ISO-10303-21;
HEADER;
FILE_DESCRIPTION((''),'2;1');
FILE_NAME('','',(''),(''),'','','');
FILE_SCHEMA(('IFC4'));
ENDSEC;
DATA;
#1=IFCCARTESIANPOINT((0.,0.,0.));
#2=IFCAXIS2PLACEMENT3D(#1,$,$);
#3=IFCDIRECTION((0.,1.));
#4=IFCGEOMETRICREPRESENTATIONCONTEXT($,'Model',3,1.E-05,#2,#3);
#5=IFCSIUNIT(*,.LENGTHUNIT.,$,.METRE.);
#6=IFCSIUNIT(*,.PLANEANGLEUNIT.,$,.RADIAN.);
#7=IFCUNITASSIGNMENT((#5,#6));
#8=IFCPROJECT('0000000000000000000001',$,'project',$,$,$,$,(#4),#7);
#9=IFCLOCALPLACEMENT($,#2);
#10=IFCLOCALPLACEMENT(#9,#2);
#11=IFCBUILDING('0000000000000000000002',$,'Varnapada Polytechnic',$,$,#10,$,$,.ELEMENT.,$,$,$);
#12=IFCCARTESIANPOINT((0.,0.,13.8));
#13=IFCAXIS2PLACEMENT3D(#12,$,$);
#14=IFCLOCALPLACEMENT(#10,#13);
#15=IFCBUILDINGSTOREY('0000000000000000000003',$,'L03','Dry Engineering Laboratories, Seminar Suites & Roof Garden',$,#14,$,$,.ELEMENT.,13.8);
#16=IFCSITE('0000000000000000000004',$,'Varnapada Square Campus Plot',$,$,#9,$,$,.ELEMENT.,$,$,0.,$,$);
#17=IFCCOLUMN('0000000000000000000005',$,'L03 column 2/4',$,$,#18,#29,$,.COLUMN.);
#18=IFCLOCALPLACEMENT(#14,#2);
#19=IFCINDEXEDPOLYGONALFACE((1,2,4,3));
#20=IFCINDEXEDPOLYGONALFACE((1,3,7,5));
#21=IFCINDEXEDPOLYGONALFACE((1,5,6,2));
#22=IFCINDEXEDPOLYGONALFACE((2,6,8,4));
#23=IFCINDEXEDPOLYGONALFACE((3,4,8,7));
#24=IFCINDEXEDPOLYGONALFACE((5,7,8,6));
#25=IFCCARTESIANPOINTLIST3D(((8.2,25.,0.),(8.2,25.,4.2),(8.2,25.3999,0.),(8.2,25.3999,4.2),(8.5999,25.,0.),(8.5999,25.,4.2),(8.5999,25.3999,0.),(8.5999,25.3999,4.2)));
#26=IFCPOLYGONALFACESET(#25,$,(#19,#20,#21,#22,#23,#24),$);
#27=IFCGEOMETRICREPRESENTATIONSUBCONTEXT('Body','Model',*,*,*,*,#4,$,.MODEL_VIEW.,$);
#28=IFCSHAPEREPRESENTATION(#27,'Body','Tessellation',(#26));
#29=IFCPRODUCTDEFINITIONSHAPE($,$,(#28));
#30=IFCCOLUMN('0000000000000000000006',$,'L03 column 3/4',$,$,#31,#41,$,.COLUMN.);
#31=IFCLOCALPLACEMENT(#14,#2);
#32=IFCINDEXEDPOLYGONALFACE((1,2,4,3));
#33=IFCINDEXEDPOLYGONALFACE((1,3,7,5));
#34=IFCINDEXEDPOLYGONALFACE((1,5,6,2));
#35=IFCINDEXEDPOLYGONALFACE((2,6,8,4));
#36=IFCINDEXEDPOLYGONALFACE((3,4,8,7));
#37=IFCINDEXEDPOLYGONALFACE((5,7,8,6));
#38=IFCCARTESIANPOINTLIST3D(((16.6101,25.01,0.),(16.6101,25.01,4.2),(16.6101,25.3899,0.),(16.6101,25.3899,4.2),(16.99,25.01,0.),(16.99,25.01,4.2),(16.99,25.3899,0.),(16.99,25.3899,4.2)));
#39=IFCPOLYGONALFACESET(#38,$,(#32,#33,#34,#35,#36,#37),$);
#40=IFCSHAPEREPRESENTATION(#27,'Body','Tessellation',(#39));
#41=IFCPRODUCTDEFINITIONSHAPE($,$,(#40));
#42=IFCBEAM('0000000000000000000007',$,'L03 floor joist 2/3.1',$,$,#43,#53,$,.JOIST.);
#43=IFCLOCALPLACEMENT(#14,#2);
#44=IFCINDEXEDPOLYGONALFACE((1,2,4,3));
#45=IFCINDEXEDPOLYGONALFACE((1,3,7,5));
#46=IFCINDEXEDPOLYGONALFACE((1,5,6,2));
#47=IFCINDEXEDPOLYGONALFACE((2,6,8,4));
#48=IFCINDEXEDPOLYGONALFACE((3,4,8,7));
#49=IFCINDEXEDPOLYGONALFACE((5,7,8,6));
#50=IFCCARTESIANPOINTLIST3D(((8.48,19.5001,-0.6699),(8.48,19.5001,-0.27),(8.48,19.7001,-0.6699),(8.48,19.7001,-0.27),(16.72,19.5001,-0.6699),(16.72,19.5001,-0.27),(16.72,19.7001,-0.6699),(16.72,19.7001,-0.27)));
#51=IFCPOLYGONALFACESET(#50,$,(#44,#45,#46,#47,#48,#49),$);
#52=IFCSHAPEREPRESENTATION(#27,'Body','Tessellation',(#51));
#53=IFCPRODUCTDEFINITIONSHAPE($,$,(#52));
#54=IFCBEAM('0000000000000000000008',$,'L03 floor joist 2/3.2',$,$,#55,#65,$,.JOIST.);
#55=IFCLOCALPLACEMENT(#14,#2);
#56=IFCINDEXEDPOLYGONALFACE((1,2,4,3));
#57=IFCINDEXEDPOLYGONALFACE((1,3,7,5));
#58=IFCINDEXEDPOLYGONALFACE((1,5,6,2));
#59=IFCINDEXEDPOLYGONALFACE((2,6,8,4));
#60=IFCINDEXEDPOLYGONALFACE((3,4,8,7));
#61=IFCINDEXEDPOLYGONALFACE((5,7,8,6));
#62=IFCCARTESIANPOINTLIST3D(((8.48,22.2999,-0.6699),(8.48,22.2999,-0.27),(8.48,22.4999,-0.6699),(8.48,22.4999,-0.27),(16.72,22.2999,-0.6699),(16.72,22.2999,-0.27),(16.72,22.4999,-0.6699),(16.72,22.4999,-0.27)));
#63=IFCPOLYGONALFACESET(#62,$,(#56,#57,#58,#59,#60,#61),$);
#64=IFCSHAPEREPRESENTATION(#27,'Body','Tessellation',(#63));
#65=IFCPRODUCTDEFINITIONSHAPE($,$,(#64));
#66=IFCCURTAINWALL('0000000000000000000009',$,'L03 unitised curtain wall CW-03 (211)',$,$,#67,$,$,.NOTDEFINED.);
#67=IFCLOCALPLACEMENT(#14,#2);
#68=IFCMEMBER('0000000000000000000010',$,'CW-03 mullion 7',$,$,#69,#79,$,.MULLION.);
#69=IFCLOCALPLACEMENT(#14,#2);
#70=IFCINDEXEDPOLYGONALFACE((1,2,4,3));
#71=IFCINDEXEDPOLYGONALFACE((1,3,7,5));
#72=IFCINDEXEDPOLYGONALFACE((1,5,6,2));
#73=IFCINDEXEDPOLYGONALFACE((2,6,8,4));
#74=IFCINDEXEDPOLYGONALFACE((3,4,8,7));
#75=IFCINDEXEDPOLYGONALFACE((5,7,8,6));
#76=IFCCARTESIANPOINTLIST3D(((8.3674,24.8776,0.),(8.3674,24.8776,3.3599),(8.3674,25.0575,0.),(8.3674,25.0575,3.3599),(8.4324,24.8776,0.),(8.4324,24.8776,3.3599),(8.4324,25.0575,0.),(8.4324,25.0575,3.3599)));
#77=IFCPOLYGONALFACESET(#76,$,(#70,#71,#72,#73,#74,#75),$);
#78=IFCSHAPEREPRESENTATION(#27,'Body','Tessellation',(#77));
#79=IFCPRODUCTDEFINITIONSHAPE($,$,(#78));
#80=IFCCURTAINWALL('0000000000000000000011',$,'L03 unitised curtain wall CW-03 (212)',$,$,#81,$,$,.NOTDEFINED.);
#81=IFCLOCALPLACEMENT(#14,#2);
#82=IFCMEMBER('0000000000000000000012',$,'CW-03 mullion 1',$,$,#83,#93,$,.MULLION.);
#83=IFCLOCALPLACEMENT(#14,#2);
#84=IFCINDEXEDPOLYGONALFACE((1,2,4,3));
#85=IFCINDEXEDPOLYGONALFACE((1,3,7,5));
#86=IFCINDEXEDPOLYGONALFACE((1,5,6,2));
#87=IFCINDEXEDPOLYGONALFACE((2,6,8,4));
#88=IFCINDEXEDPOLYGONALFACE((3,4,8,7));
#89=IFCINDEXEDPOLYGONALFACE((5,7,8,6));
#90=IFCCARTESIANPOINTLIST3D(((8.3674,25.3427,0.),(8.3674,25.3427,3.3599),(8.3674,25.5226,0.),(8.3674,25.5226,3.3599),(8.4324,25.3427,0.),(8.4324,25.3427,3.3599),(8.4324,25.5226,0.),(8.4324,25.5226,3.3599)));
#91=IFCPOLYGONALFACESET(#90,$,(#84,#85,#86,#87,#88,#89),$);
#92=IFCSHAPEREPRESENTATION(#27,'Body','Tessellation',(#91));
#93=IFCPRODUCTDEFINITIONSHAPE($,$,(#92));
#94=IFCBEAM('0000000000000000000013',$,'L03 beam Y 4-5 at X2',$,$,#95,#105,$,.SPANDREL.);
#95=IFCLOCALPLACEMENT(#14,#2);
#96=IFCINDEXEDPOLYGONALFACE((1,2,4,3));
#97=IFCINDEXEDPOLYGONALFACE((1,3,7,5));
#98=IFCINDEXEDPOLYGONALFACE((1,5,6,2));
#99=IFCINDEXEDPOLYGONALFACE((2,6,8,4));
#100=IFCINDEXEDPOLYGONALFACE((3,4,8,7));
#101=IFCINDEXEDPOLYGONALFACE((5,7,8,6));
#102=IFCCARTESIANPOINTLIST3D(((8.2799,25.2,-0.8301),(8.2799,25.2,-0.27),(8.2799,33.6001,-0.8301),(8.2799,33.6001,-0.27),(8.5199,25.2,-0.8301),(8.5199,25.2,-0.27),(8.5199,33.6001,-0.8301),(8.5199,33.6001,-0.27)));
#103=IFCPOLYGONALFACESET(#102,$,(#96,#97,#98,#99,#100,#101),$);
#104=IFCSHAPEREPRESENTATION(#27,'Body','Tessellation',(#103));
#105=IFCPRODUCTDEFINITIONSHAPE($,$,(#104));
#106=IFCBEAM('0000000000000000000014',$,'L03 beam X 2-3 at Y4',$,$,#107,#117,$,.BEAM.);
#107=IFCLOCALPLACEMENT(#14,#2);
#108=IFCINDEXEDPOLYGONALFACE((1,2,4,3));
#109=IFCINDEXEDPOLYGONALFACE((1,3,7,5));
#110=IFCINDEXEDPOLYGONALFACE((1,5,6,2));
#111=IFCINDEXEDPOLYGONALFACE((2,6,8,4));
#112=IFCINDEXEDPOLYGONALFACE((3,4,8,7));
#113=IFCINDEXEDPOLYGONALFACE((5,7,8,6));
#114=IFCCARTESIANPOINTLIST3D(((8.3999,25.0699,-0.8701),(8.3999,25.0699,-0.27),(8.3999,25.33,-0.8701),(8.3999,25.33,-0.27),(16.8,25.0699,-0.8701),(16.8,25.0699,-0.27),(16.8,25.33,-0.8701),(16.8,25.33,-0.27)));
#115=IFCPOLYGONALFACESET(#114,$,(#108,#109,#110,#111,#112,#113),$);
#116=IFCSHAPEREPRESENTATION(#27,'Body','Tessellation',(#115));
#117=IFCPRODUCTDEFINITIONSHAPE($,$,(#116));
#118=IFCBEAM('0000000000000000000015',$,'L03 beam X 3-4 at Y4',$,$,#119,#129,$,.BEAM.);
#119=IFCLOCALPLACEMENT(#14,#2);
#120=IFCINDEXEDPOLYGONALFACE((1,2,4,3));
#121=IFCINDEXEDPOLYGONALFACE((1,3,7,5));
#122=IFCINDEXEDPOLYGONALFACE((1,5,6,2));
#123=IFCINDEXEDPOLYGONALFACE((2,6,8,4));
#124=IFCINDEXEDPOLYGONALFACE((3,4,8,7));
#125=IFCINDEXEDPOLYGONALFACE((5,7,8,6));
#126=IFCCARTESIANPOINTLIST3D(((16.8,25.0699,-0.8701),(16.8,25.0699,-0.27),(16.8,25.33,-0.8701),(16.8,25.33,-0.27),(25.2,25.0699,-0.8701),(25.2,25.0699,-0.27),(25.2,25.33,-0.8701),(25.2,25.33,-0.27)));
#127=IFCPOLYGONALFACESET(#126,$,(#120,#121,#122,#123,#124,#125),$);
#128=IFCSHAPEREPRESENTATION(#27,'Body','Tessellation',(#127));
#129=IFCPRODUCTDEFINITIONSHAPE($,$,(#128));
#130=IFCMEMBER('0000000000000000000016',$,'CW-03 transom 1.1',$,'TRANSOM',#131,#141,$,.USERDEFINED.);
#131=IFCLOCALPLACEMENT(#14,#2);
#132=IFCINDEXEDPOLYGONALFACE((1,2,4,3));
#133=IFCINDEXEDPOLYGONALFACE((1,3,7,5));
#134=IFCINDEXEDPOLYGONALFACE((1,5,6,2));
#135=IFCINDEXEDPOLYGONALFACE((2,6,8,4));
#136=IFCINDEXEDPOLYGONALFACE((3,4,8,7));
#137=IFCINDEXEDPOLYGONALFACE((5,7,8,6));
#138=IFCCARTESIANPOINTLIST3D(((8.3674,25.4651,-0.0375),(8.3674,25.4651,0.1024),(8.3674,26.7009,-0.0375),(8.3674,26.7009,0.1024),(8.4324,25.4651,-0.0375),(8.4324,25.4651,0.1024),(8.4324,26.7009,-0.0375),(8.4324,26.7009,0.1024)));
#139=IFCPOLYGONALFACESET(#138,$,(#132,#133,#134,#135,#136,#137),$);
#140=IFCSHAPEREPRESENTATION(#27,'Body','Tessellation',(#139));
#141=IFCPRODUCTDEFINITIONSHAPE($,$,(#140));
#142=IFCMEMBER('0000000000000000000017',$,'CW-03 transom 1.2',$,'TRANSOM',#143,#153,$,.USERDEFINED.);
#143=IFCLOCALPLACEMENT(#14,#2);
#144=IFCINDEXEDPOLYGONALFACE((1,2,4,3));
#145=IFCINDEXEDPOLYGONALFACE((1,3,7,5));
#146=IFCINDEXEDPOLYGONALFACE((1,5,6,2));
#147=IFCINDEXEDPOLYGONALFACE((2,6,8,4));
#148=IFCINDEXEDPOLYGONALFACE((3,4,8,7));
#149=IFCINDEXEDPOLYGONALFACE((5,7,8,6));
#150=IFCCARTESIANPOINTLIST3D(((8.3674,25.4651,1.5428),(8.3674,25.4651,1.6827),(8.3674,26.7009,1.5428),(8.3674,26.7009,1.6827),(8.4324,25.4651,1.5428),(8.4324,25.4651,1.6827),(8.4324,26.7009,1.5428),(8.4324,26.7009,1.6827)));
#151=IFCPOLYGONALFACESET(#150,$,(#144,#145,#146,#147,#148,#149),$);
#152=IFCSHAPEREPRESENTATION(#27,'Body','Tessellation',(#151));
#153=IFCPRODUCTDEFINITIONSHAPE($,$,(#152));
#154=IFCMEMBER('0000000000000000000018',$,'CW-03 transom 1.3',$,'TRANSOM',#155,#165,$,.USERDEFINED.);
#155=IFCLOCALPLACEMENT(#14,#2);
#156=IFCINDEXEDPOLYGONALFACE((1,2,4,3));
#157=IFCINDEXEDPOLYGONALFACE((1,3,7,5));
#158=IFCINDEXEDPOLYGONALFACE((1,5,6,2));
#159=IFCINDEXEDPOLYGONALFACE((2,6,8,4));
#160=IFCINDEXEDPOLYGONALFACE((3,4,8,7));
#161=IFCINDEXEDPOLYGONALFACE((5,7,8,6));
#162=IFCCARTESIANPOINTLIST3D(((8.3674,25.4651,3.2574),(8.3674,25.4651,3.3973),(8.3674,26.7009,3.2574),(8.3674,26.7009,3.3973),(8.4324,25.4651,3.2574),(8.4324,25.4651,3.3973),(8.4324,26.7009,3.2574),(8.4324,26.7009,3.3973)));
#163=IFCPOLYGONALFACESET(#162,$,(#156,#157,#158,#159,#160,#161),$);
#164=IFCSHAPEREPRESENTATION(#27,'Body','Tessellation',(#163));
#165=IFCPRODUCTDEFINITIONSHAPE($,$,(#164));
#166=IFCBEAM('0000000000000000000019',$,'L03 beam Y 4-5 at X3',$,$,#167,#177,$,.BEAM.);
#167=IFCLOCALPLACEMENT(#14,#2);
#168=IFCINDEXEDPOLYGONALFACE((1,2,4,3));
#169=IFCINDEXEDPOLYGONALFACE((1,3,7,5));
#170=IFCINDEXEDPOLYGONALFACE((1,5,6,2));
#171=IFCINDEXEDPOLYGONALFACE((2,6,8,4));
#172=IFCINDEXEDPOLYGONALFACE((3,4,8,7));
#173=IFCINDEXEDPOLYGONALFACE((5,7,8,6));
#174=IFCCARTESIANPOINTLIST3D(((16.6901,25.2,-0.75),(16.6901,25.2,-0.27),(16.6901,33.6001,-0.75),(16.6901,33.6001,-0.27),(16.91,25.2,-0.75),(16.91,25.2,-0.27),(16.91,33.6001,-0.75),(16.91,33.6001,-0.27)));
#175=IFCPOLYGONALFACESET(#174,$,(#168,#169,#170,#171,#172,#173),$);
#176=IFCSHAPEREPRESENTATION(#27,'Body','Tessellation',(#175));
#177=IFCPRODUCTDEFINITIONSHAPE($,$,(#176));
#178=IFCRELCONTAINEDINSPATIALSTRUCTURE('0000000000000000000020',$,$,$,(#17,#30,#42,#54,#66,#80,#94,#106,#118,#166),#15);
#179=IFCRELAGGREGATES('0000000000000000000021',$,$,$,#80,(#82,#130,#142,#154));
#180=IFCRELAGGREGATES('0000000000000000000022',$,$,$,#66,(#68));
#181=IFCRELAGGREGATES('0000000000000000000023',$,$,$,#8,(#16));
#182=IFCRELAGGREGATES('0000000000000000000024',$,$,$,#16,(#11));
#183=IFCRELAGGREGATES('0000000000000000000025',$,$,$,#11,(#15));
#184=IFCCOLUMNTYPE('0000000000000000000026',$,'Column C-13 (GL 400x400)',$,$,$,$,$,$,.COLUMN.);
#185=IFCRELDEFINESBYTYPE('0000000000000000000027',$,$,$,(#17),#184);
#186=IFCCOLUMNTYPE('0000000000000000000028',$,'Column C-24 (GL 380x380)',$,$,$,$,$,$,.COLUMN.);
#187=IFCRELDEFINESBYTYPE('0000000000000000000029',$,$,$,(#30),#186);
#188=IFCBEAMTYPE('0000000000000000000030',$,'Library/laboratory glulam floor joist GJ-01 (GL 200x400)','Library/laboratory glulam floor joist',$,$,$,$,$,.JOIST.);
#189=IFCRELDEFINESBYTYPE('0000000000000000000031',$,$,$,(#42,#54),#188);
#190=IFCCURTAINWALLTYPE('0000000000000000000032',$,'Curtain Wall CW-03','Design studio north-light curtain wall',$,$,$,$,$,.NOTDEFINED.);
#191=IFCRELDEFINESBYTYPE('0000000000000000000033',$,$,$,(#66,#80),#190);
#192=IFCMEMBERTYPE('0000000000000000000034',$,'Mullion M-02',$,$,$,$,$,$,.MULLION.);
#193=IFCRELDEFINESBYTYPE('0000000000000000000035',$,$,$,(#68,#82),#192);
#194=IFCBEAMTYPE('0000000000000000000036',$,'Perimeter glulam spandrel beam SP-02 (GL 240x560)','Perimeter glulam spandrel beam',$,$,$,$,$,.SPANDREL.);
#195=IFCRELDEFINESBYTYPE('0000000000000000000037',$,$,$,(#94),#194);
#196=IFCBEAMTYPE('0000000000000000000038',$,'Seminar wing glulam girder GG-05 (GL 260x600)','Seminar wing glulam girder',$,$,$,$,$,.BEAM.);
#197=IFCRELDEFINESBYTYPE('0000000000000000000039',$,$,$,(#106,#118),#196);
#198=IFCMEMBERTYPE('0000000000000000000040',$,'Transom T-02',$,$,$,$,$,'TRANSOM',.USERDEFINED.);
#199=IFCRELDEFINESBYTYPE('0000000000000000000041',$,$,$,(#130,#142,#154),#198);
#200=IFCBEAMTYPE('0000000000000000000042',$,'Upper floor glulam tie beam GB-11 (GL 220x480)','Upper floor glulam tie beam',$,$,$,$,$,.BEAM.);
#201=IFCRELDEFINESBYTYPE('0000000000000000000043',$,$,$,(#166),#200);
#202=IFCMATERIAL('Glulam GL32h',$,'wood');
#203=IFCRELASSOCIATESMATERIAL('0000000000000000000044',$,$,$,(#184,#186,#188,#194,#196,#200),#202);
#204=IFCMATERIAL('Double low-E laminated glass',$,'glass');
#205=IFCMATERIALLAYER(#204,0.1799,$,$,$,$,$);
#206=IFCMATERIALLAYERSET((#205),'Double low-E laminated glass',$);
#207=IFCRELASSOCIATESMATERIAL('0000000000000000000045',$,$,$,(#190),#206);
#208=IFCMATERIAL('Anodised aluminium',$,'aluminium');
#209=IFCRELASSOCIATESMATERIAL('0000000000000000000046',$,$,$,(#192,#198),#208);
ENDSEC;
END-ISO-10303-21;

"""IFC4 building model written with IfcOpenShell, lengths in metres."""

from ifc_helpers import new_model, si_unit, direction, frame, origin, origin_2d, place, context, subcontext, project, spatial, rectangle, extrude, material, layer, layer_set, material_profile, profile_set, type_object, element, aggregate, save


model = new_model("IFC4")

# Units and contexts
model_context = context("Model", 3, precision=1e-05, world=origin(), true_north=direction((0.0, 1.0)))
body_context = subcontext(model_context, "Body", "Model", "MODEL_VIEW")
ifc_project = project(units=[si_unit("LENGTHUNIT", "METRE"), si_unit("PLANEANGLEUNIT", "RADIAN")], contexts=[model_context])

# Site, building, storey
site_placement = place(None, origin())
site = spatial("IfcSite", under=ifc_project, at=site_placement, Name="Varnapada Square Campus Plot", CompositionType="ELEMENT", RefElevation=0.0)
building_placement = place(site_placement, origin())
building = spatial("IfcBuilding", under=site, at=building_placement, Name="Varnapada Polytechnic", CompositionType="ELEMENT")
storey_placement = place(building_placement, frame((0.0, 0.0, 13.8)))
storey = spatial("IfcBuildingStorey", under=building, at=storey_placement, Name="L03", Description="Dry Engineering Laboratories, Seminar Suites & Roof Garden", CompositionType="ELEMENT", Elevation=13.8)

# Columns
ifc_material_1 = material(Name="Glulam GL32h", Category="wood")
ifc_material_profile_1 = material_profile(ifc_material_1, rectangle(XDim=0.3999, YDim=0.3999, at=origin_2d()), Name="GL 400x400")
ifc_profile_set_1 = profile_set([ifc_material_profile_1], Name="Glulam GL32h")
column_type_1 = type_object("IfcColumnType", Name="Column C-13 (GL 400x400)", PredefinedType="COLUMN", material=ifc_profile_set_1)
column_1_placement = place(storey_placement, frame((8.3999, 25.2, 0.0), z_axis=(0.0, 0.0, 1.0), x_axis=(1.0, 0.0, 0.0)))
element("IfcColumn", 1, at=column_1_placement, inside=storey, type_object=column_type_1, Name="L03 column 2/4", PredefinedType="COLUMN", context=body_context, shape_type="SweptSolid", body=[
    extrude(rectangle(XDim=0.3999, YDim=0.3999, at=origin_2d()), origin(), (0.0, 0.0, 1.0), 4.2),
])
ifc_material_profile_2 = material_profile(ifc_material_1, rectangle(XDim=0.3799, YDim=0.3799, at=origin_2d()), Name="GL 380x380")
ifc_profile_set_2 = profile_set([ifc_material_profile_2], Name="Glulam GL32h")
column_type_2 = type_object("IfcColumnType", Name="Column C-24 (GL 380x380)", PredefinedType="COLUMN", material=ifc_profile_set_2)
column_2_placement = place(storey_placement, frame((16.8, 25.2, 0.0), z_axis=(0.0, 0.0, 1.0), x_axis=(1.0, 0.0, 0.0)))
element("IfcColumn", 2, at=column_2_placement, inside=storey, type_object=column_type_2, Name="L03 column 3/4", PredefinedType="COLUMN", context=body_context, shape_type="SweptSolid", body=[
    extrude(rectangle(XDim=0.3799, YDim=0.3799, at=origin_2d()), origin(), (0.0, 0.0, 1.0), 4.2),
])

# Beams
ifc_material_profile_3 = material_profile(ifc_material_1, rectangle(XDim=0.2, YDim=0.3999, at=origin_2d()), Name="GL 200x400")
ifc_profile_set_3 = profile_set([ifc_material_profile_3], Name="Glulam GL32h")
beam_type_1 = type_object("IfcBeamType", Name="Library/laboratory glulam floor joist GJ-01 (GL 200x400)", Description="Library/laboratory glulam floor joist", PredefinedType="JOIST", material=ifc_profile_set_3)
for number, where, z_axis, x_axis, name in (
    (3, (8.48, 19.6001, -0.47), (1.0, 0.0, 0.0), (0.0, 1.0, 0.0), "L03 floor joist 2/3.1"),
    (4, (8.48, 22.3999, -0.47), (1.0, 0.0, 0.0), (0.0, 1.0, 0.0), "L03 floor joist 2/3.2"),
):
    element("IfcBeam", number, at=place(storey_placement, frame(where, z_axis=z_axis, x_axis=x_axis)), inside=storey, type_object=beam_type_1, Name=name, PredefinedType="JOIST", context=body_context, shape_type="SweptSolid", body=[
        extrude(rectangle(XDim=0.2, YDim=0.3999, at=origin_2d()), origin(), (0.0, 0.0, 1.0), 8.24),
    ])

# Curtain walls, members
ifc_material_2 = material(Name="Double low-E laminated glass", Category="glass")
ifc_layer_1 = layer(ifc_material_2, 0.1799)
ifc_layer_set_1 = layer_set([ifc_layer_1], Name="Double low-E laminated glass")
curtain_wall_type = type_object("IfcCurtainWallType", Name="Curtain Wall CW-03", Description="Design studio north-light curtain wall", PredefinedType="NOTDEFINED", material=ifc_layer_set_1)
curtain_wall_1_placement = place(storey_placement, origin())
curtain_wall_1 = element("IfcCurtainWall", 5, at=curtain_wall_1_placement, inside=storey, type_object=curtain_wall_type, Name="L03 unitised curtain wall CW-03 (211)", PredefinedType="NOTDEFINED")
ifc_material_3 = material(Name="Anodised aluminium", Category="aluminium")
ifc_material_profile_4 = material_profile(ifc_material_3, rectangle(XDim=0.0649, YDim=0.1799, at=origin_2d()), Name="ALU M65x180")
ifc_profile_set_4 = profile_set([ifc_material_profile_4], Name="Anodised aluminium")
member_type_1 = type_object("IfcMemberType", Name="Mullion M-02", PredefinedType="MULLION", material=ifc_profile_set_4)
member_1_placement = place(storey_placement, frame((8.3999, 24.9675, 0.0), z_axis=(0.0, 0.0, 1.0), x_axis=(-1.0, 0.0, 0.0)))
member_1 = element("IfcMember", 6, at=member_1_placement, type_object=member_type_1, Name="CW-03 mullion 7", PredefinedType="MULLION", context=body_context, shape_type="SweptSolid", body=[
    extrude(rectangle(XDim=0.0649, YDim=0.1799, at=origin_2d()), origin(), (0.0, 0.0, 1.0), 3.3599),
])
curtain_wall_2_placement = place(storey_placement, origin())
curtain_wall_2 = element("IfcCurtainWall", 7, at=curtain_wall_2_placement, inside=storey, type_object=curtain_wall_type, Name="L03 unitised curtain wall CW-03 (212)", PredefinedType="NOTDEFINED")
member_2_placement = place(storey_placement, frame((8.3999, 25.4326, 0.0), z_axis=(0.0, 0.0, 1.0), x_axis=(-1.0, 0.0, 0.0)))
member_2 = element("IfcMember", 8, at=member_2_placement, type_object=member_type_1, Name="CW-03 mullion 1", PredefinedType="MULLION", context=body_context, shape_type="SweptSolid", body=[
    extrude(rectangle(XDim=0.0649, YDim=0.1799, at=origin_2d()), origin(), (0.0, 0.0, 1.0), 3.3599),
])

# Beams
ifc_material_profile_5 = material_profile(ifc_material_1, rectangle(XDim=0.24, YDim=0.5601, at=origin_2d()), Name="GL 240x560")
ifc_profile_set_5 = profile_set([ifc_material_profile_5], Name="Glulam GL32h")
beam_type_2 = type_object("IfcBeamType", Name="Perimeter glulam spandrel beam SP-02 (GL 240x560)", Description="Perimeter glulam spandrel beam", PredefinedType="SPANDREL", material=ifc_profile_set_5)
beam_1_placement = place(storey_placement, frame((8.3999, 25.2, -0.55), z_axis=(0.0, 1.0, 0.0), x_axis=(-1.0, 0.0, 0.0)))
element("IfcBeam", 9, at=beam_1_placement, inside=storey, type_object=beam_type_2, Name="L03 beam Y 4-5 at X2", PredefinedType="SPANDREL", context=body_context, shape_type="SweptSolid", body=[
    extrude(rectangle(XDim=0.24, YDim=0.5601, at=origin_2d()), origin(), (0.0, 0.0, 1.0), 8.4001),
])
ifc_material_profile_6 = material_profile(ifc_material_1, rectangle(XDim=0.26, YDim=0.6001, at=origin_2d()), Name="GL 260x600")
ifc_profile_set_6 = profile_set([ifc_material_profile_6], Name="Glulam GL32h")
beam_type_3 = type_object("IfcBeamType", Name="Seminar wing glulam girder GG-05 (GL 260x600)", Description="Seminar wing glulam girder", PredefinedType="BEAM", material=ifc_profile_set_6)
beam_2_placement = place(storey_placement, frame((8.3999, 25.2, -0.5701), z_axis=(1.0, 0.0, 0.0), x_axis=(0.0, 1.0, 0.0)))
element("IfcBeam", 10, at=beam_2_placement, inside=storey, type_object=beam_type_3, Name="L03 beam X 2-3 at Y4", PredefinedType="BEAM", context=body_context, shape_type="SweptSolid", body=[
    extrude(rectangle(XDim=0.26, YDim=0.6001, at=origin_2d()), origin(), (0.0, 0.0, 1.0), 8.4001),
])
beam_3_placement = place(storey_placement, frame((16.8, 25.2, -0.5701), z_axis=(1.0, 0.0, 0.0), x_axis=(0.0, 1.0, 0.0)))
element("IfcBeam", 11, at=beam_3_placement, inside=storey, type_object=beam_type_3, Name="L03 beam X 3-4 at Y4", PredefinedType="BEAM", context=body_context, shape_type="SweptSolid", body=[
    extrude(rectangle(XDim=0.26, YDim=0.6001, at=origin_2d()), origin(), (0.0, 0.0, 1.0), 8.3999),
])

# Members
ifc_material_profile_7 = material_profile(ifc_material_3, rectangle(XDim=0.0649, YDim=0.1399, at=origin_2d()), Name="ALU T65x140")
ifc_profile_set_7 = profile_set([ifc_material_profile_7], Name="Anodised aluminium")
member_type_2 = type_object("IfcMemberType", Name="Transom T-02", ElementType="TRANSOM", PredefinedType="USERDEFINED", material=ifc_profile_set_7)
member_3_placement = place(storey_placement, frame((8.3999, 25.4651, 0.0325), z_axis=(0.0, 1.0, 0.0), x_axis=(-1.0, 0.0, 0.0)))
member_3 = element("IfcMember", 12, at=member_3_placement, type_object=member_type_2, Name="CW-03 transom 1.1", ObjectType="TRANSOM", PredefinedType="USERDEFINED", context=body_context, shape_type="SweptSolid", body=[
    extrude(rectangle(XDim=0.0649, YDim=0.1399, at=origin_2d()), origin(), (0.0, 0.0, 1.0), 1.2358),
])
member_4_placement = place(storey_placement, frame((8.3999, 25.4651, 1.6128), z_axis=(0.0, 1.0, 0.0), x_axis=(-1.0, 0.0, 0.0)))
member_4 = element("IfcMember", 13, at=member_4_placement, type_object=member_type_2, Name="CW-03 transom 1.2", ObjectType="TRANSOM", PredefinedType="USERDEFINED", context=body_context, shape_type="SweptSolid", body=[
    extrude(rectangle(XDim=0.0649, YDim=0.1399, at=origin_2d()), origin(), (0.0, 0.0, 1.0), 1.2358),
])
member_5_placement = place(storey_placement, frame((8.3999, 25.4651, 3.3274), z_axis=(0.0, 1.0, 0.0), x_axis=(-1.0, 0.0, 0.0)))
member_5 = element("IfcMember", 14, at=member_5_placement, type_object=member_type_2, Name="CW-03 transom 1.3", ObjectType="TRANSOM", PredefinedType="USERDEFINED", context=body_context, shape_type="SweptSolid", body=[
    extrude(rectangle(XDim=0.0649, YDim=0.1399, at=origin_2d()), origin(), (0.0, 0.0, 1.0), 1.2358),
])
aggregate(curtain_wall_2, [member_2, member_3, member_4, member_5])

# Beam
ifc_material_profile_8 = material_profile(ifc_material_1, rectangle(XDim=0.22, YDim=0.48, at=origin_2d()), Name="GL 220x480")
ifc_profile_set_8 = profile_set([ifc_material_profile_8], Name="Glulam GL32h")
beam_type_4 = type_object("IfcBeamType", Name="Upper floor glulam tie beam GB-11 (GL 220x480)", Description="Upper floor glulam tie beam", PredefinedType="BEAM", material=ifc_profile_set_8)
beam_4_placement = place(storey_placement, frame((16.8, 25.2, -0.51), z_axis=(0.0, 1.0, 0.0), x_axis=(-1.0, 0.0, 0.0)))
element("IfcBeam", 15, at=beam_4_placement, inside=storey, type_object=beam_type_4, Name="L03 beam Y 4-5 at X3", PredefinedType="BEAM", context=body_context, shape_type="SweptSolid", body=[
    extrude(rectangle(XDim=0.22, YDim=0.48, at=origin_2d()), origin(), (0.0, 0.0, 1.0), 8.4001),
])

aggregate(curtain_wall_1, [member_1])

save(model, "model.ifc")
